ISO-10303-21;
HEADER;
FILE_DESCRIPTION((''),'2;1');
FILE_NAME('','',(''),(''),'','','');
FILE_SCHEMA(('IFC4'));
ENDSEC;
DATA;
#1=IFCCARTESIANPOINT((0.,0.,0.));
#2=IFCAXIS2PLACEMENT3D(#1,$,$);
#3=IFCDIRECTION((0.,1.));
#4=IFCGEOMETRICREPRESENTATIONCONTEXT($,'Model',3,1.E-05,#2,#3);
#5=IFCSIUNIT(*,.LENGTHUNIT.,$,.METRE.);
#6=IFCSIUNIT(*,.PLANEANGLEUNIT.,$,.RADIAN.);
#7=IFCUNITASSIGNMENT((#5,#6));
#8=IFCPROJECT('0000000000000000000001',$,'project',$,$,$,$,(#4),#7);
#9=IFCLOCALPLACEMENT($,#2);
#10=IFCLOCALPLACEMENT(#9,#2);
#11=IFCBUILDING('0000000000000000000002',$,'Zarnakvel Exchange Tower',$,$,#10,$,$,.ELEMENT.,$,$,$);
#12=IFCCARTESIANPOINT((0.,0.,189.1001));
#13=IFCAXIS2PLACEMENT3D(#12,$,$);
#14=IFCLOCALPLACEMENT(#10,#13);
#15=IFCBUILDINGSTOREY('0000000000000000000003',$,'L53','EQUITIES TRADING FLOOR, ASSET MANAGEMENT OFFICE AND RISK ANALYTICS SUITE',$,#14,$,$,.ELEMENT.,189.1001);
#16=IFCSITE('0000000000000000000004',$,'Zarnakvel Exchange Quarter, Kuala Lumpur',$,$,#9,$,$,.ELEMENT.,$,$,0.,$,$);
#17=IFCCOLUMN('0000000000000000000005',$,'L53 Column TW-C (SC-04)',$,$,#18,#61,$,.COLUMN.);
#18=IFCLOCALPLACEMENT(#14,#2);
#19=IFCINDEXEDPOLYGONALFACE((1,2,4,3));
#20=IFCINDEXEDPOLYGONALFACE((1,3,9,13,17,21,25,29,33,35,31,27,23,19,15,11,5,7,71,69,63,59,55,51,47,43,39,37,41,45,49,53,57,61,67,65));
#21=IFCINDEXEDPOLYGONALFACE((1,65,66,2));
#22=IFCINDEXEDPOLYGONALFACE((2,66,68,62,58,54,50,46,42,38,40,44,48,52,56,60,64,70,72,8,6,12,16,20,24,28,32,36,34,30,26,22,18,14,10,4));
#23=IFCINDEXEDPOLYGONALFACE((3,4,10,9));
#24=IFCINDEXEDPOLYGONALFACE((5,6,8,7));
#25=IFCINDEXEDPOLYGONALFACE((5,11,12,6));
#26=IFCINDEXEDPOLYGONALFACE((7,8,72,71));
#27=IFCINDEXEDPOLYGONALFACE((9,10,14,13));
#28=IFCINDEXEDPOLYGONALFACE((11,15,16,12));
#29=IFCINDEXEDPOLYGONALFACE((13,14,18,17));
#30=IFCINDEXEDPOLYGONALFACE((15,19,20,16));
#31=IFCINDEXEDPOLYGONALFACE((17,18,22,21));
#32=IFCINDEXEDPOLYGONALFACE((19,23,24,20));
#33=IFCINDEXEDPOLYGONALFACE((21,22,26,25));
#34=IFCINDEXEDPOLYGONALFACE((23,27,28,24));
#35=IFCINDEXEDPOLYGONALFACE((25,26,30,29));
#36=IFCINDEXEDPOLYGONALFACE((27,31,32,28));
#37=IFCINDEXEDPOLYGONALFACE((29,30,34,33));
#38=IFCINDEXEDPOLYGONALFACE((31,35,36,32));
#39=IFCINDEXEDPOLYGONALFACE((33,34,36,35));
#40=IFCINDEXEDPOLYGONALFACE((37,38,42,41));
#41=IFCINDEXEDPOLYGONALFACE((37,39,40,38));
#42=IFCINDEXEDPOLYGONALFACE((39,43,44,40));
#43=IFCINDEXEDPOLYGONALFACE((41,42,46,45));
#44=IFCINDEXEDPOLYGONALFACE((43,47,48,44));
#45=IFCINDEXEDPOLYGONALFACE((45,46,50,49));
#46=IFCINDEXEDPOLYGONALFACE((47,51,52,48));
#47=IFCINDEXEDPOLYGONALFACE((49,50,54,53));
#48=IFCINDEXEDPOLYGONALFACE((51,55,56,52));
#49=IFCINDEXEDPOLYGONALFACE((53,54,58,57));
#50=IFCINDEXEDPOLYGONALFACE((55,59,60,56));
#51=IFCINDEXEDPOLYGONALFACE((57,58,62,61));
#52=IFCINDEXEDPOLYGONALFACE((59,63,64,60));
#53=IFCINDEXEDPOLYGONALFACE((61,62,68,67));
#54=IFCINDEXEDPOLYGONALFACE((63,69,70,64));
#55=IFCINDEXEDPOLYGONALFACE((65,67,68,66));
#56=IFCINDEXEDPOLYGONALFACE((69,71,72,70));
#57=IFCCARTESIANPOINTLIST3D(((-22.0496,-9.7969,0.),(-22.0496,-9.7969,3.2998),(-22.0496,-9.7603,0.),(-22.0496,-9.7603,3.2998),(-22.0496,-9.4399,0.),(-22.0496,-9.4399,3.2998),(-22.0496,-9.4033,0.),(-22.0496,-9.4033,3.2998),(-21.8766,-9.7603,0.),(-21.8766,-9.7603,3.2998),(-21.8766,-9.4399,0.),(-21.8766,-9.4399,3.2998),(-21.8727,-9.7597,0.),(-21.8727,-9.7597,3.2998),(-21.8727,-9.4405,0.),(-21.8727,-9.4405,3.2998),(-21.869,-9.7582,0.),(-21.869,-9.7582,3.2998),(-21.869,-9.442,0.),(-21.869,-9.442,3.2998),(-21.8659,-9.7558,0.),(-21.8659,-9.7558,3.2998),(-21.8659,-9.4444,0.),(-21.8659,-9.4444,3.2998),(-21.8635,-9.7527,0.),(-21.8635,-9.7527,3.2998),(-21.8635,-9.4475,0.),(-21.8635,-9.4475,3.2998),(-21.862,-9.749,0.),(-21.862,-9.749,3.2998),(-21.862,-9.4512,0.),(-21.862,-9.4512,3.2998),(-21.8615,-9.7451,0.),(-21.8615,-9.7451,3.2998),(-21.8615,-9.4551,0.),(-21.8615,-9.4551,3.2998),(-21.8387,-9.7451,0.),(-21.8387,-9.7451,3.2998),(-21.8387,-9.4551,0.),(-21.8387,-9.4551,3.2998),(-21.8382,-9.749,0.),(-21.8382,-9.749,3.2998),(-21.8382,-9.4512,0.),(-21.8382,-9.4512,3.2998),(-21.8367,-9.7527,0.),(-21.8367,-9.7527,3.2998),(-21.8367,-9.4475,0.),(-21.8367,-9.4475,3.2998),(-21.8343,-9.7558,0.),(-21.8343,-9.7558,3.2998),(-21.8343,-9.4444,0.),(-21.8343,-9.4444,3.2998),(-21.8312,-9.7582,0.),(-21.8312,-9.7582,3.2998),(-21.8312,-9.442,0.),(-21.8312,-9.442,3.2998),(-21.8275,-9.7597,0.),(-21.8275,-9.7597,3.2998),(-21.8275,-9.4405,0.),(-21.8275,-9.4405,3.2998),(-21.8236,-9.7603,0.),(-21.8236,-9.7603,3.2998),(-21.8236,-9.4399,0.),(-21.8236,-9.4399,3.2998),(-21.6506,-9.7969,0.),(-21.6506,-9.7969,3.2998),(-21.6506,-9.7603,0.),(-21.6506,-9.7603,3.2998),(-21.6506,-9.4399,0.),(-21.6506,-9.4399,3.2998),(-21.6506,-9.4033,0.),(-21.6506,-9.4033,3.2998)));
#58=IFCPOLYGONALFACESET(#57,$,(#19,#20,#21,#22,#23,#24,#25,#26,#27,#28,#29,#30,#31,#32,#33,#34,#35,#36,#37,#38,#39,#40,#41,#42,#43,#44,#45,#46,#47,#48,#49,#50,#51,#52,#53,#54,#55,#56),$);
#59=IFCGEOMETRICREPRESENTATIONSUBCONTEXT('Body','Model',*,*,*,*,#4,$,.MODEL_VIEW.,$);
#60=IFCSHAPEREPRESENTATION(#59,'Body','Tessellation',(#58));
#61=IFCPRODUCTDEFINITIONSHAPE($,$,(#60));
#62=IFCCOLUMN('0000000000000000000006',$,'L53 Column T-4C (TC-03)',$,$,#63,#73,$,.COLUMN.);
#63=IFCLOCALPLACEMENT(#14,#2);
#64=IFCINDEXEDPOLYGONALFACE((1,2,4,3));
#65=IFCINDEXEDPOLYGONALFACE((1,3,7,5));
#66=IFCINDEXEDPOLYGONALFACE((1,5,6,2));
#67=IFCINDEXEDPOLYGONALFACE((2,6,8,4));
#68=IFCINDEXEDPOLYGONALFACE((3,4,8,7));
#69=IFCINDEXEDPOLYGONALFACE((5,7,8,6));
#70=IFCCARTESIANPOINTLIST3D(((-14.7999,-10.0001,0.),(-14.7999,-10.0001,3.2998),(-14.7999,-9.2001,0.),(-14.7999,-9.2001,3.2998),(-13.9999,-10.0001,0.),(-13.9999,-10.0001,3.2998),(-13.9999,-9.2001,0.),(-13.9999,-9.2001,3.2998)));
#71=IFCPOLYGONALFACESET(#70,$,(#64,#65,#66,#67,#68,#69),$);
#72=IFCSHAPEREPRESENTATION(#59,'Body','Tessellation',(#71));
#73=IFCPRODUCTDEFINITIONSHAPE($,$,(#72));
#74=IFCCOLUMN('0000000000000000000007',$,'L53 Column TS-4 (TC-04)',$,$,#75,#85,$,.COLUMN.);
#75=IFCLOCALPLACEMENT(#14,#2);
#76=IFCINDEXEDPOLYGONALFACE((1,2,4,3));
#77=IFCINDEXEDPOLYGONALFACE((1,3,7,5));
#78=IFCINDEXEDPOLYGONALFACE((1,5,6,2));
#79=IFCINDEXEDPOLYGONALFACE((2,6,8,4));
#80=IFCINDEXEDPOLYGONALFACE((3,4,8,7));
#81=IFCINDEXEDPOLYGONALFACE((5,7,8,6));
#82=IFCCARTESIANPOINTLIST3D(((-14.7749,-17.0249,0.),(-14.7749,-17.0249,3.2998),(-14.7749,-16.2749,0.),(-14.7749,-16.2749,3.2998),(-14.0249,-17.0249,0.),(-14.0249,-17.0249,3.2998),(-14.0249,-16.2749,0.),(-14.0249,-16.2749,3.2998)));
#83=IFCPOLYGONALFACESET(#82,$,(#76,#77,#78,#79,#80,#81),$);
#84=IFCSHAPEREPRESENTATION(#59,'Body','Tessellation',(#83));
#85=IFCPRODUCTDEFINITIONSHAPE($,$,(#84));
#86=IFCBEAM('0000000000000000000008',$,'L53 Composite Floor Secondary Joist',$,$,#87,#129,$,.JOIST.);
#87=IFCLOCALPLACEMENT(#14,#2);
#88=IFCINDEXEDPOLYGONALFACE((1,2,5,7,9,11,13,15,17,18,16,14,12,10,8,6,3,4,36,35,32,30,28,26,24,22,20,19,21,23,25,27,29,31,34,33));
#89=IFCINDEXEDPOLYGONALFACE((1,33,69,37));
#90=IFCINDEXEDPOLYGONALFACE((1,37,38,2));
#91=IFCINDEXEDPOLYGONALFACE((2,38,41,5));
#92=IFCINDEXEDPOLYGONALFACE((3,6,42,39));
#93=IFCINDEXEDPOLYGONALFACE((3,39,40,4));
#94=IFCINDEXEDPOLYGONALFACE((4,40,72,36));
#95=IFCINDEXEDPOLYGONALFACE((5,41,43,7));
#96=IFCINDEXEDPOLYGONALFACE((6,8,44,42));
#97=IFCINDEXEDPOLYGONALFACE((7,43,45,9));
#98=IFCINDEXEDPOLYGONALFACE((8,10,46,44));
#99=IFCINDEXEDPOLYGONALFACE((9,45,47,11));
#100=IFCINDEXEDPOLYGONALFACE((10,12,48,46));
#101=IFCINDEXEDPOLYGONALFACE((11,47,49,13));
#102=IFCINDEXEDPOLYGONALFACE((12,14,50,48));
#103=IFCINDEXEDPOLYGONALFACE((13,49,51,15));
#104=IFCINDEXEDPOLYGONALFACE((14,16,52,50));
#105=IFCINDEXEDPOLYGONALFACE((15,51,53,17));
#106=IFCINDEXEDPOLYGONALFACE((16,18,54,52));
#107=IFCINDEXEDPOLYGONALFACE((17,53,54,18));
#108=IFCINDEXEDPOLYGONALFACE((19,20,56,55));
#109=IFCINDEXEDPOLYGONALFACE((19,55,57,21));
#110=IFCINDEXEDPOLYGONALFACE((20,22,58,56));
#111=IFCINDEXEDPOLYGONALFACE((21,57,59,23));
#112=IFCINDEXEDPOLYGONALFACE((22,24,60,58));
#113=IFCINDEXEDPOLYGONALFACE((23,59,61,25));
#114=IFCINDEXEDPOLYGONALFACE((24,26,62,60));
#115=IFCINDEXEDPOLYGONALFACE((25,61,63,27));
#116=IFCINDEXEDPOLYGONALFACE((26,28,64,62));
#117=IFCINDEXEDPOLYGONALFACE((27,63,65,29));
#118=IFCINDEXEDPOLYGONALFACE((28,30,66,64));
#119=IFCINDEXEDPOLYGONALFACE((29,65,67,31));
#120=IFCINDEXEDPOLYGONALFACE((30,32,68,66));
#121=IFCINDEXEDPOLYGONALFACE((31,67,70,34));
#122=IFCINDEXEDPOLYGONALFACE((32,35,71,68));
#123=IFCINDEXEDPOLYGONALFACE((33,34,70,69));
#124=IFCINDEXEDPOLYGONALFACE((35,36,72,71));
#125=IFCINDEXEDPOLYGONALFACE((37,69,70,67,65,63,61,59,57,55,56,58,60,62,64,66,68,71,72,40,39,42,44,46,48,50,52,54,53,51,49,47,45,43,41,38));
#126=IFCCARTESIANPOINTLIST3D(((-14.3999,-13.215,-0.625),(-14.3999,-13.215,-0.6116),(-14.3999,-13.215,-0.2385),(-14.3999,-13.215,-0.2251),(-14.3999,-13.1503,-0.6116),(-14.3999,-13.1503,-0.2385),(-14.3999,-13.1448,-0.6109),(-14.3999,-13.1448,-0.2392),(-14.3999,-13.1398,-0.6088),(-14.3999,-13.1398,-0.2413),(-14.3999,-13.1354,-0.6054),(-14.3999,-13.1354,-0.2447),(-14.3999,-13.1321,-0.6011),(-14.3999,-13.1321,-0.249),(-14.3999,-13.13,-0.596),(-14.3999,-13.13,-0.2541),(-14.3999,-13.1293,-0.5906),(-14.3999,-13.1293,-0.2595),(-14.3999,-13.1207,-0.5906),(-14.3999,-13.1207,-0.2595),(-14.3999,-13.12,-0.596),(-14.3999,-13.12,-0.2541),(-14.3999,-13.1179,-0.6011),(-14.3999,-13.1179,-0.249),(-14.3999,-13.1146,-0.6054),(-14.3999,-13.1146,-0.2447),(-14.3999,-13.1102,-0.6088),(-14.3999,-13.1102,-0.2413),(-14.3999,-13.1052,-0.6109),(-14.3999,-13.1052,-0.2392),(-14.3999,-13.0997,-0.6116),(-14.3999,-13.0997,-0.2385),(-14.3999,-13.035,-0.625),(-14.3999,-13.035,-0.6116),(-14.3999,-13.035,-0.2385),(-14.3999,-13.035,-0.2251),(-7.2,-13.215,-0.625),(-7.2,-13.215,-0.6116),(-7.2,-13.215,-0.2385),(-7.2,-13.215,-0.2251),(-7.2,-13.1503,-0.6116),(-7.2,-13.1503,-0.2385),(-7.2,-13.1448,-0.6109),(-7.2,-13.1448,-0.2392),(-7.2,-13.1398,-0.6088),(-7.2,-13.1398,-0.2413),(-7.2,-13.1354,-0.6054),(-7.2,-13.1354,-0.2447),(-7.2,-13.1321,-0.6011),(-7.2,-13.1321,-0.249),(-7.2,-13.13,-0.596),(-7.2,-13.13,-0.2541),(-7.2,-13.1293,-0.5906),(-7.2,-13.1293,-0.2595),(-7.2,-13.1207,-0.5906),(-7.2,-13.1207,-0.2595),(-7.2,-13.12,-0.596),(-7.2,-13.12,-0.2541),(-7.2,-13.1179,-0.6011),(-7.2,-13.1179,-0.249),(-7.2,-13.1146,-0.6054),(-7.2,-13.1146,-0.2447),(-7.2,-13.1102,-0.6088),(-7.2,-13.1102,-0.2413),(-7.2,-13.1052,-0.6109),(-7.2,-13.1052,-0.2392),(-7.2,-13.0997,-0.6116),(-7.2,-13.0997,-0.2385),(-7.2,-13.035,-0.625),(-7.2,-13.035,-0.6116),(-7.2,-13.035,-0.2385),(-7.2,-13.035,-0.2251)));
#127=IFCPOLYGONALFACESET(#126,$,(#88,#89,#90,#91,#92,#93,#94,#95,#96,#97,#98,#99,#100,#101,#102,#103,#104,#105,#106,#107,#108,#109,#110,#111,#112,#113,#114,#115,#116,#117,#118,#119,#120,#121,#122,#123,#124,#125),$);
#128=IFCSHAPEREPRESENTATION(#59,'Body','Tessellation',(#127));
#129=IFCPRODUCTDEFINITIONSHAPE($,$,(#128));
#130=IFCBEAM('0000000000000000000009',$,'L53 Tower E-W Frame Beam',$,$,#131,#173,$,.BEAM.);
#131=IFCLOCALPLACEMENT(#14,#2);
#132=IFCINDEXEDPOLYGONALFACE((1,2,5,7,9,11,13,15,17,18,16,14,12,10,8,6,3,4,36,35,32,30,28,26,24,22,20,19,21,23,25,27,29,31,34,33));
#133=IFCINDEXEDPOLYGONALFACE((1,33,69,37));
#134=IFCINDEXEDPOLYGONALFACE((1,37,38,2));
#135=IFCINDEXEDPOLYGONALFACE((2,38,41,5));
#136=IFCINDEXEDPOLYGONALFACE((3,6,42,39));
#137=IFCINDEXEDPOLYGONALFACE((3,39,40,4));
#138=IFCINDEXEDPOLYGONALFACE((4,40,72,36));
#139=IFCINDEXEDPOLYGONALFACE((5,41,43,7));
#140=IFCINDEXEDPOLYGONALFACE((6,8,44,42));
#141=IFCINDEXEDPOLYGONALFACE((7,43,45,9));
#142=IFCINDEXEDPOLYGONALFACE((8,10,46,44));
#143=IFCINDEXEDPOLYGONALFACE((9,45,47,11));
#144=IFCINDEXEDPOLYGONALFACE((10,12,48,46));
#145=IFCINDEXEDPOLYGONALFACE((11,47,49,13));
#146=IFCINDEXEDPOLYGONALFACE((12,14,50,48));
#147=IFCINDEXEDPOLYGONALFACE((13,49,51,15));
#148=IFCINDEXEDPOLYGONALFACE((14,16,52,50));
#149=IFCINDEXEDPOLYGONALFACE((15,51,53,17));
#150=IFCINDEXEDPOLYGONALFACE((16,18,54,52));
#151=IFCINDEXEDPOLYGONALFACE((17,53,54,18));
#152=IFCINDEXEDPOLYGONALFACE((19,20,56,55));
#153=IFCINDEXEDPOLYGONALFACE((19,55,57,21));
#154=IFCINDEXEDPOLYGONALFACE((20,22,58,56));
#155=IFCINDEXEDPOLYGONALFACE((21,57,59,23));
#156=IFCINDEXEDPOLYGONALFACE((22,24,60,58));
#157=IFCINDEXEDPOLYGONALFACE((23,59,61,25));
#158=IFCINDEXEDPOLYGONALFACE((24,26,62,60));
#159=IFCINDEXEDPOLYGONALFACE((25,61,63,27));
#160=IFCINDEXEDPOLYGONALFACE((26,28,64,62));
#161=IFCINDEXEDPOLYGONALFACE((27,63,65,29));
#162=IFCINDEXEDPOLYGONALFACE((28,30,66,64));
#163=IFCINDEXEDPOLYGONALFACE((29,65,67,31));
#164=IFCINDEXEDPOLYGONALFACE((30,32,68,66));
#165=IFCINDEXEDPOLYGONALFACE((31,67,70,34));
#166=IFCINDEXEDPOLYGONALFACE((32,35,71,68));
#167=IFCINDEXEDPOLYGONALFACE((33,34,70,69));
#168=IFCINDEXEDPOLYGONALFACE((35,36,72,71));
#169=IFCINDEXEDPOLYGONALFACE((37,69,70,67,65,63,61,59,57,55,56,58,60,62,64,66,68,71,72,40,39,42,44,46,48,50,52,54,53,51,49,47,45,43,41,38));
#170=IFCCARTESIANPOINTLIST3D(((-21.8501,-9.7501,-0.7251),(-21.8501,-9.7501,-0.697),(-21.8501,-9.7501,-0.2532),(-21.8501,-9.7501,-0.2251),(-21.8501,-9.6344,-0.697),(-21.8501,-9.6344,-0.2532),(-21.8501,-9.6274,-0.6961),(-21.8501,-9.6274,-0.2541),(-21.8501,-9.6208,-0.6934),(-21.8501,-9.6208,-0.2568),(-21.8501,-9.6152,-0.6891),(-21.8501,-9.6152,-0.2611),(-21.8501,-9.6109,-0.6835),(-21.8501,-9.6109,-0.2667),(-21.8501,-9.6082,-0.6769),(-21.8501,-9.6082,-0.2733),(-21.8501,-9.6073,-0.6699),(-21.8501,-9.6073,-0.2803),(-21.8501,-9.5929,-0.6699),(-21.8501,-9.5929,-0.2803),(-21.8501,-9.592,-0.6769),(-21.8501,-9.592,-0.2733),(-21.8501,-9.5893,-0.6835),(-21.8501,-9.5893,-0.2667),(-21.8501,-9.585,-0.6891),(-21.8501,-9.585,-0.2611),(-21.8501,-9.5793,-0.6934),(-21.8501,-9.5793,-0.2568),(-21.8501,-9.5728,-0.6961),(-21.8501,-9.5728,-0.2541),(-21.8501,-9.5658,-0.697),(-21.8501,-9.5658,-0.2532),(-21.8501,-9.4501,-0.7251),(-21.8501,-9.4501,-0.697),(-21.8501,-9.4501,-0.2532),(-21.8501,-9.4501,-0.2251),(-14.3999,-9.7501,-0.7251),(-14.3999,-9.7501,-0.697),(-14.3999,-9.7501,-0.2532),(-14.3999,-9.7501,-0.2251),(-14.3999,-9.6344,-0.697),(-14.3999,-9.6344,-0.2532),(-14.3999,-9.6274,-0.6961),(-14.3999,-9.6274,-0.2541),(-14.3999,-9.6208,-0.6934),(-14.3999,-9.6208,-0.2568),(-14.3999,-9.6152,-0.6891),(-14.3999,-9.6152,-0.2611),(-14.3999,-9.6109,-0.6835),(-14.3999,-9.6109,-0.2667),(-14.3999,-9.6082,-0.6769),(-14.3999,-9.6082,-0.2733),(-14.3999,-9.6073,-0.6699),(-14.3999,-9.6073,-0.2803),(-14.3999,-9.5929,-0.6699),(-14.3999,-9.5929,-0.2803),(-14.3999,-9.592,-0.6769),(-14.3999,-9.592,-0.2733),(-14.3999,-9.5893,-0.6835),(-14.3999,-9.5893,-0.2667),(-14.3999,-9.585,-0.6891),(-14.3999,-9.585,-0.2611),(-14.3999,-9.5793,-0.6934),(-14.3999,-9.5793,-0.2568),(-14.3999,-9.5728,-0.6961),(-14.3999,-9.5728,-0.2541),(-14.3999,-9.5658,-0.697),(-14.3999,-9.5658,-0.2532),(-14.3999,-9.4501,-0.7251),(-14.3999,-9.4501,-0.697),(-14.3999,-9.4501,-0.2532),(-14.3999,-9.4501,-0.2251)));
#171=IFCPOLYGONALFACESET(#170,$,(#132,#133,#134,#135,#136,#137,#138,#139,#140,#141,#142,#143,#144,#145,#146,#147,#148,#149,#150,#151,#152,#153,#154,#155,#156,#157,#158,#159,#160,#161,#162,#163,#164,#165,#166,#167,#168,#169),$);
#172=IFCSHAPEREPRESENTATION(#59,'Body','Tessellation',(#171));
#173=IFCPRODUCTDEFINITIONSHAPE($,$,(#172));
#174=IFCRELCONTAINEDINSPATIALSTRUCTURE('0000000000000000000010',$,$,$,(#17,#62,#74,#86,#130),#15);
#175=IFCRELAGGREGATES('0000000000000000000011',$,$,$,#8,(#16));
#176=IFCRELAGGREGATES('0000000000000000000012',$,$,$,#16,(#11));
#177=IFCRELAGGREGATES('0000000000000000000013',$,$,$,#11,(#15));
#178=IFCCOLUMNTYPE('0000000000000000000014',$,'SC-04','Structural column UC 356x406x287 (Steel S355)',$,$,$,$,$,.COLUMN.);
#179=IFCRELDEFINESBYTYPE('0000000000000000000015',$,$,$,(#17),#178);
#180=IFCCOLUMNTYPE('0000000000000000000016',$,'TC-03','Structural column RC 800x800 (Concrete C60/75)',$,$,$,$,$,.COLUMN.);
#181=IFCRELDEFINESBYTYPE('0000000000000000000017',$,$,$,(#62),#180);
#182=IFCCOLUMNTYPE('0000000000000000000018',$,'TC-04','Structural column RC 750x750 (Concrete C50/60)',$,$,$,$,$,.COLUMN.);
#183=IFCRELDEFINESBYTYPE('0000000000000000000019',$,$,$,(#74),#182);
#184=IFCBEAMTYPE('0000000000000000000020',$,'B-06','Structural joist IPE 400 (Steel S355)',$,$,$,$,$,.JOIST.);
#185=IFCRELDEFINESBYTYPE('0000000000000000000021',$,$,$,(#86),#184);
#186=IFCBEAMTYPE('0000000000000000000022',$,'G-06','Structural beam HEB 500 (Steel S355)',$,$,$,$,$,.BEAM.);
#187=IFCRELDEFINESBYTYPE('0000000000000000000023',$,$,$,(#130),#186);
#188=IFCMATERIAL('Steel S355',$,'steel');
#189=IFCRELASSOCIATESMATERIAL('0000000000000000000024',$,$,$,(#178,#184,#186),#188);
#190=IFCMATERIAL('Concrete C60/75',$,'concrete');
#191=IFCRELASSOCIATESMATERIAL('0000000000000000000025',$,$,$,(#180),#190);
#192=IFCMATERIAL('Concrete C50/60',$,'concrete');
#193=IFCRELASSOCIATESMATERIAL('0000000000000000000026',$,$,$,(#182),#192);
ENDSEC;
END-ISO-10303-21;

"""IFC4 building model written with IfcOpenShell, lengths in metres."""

from ifc_helpers import new_model, si_unit, direction, frame, origin, origin_2d, place, context, subcontext, project, spatial, rectangle, i_section, extrude, material, material_profile, profile_set, type_object, element, save


model = new_model("IFC4")

# Units and contexts
model_context = context("Model", 3, precision=1e-05, world=origin(), true_north=direction((0.0, 1.0)))
body_context = subcontext(model_context, "Body", "Model", "MODEL_VIEW")
ifc_project = project(units=[si_unit("LENGTHUNIT", "METRE"), si_unit("PLANEANGLEUNIT", "RADIAN")], contexts=[model_context])

# Site, building, storey
site_placement = place(None, origin())
site = spatial("IfcSite", under=ifc_project, at=site_placement, Name="Zarnakvel Exchange Quarter, Kuala Lumpur", CompositionType="ELEMENT", RefElevation=0.0)
building_placement = place(site_placement, origin())
building = spatial("IfcBuilding", under=site, at=building_placement, Name="Zarnakvel Exchange Tower", CompositionType="ELEMENT")
storey_placement = place(building_placement, frame((0.0, 0.0, 189.1001)))
storey = spatial("IfcBuildingStorey", under=building, at=storey_placement, Name="L53", Description="EQUITIES TRADING FLOOR, ASSET MANAGEMENT OFFICE AND RISK ANALYTICS SUITE", CompositionType="ELEMENT", Elevation=189.1001)

# Columns
ifc_material_1 = material(Name="Steel S355", Category="steel")
ifc_material_profile_1 = material_profile(ifc_material_1, i_section(OverallWidth=0.3989, OverallDepth=0.3936, WebThickness=0.0227, FlangeThickness=0.0366, FilletRadius=0.0151, at=origin_2d()))
ifc_profile_set_1 = profile_set([ifc_material_profile_1], Name="Steel S355")
column_type_1 = type_object("IfcColumnType", Name="SC-04", Description="Structural column UC 356x406x287 (Steel S355)", PredefinedType="COLUMN", material=ifc_profile_set_1)
column_1_placement = place(storey_placement, frame((-21.8501, -9.6001, 0.0), z_axis=(0.0, 0.0, 1.0), x_axis=(1.0, 0.0, 0.0)))
element("IfcColumn", 1, at=column_1_placement, inside=storey, type_object=column_type_1, Name="L53 Column TW-C (SC-04)", PredefinedType="COLUMN", context=body_context, shape_type="SweptSolid", body=[
    extrude(i_section(OverallWidth=0.3989, OverallDepth=0.3936, WebThickness=0.0227, FlangeThickness=0.0366, FilletRadius=0.0151, at=origin_2d()), origin(), (0.0, 0.0, 1.0), 3.2998),
])
ifc_material_2 = material(Name="Concrete C60/75", Category="concrete")
ifc_material_profile_2 = material_profile(ifc_material_2, rectangle(XDim=0.8, YDim=0.8, at=origin_2d()))
ifc_profile_set_2 = profile_set([ifc_material_profile_2], Name="Concrete C60/75")
column_type_2 = type_object("IfcColumnType", Name="TC-03", Description="Structural column RC 800x800 (Concrete C60/75)", PredefinedType="COLUMN", material=ifc_profile_set_2)
column_2_placement = place(storey_placement, frame((-14.3999, -9.6001, 0.0), z_axis=(0.0, 0.0, 1.0), x_axis=(1.0, 0.0, 0.0)))
element("IfcColumn", 2, at=column_2_placement, inside=storey, type_object=column_type_2, Name="L53 Column T-4C (TC-03)", PredefinedType="COLUMN", context=body_context, shape_type="SweptSolid", body=[
    extrude(rectangle(XDim=0.8, YDim=0.8, at=origin_2d()), origin(), (0.0, 0.0, 1.0), 3.2998),
])
ifc_material_3 = material(Name="Concrete C50/60", Category="concrete")
ifc_material_profile_3 = material_profile(ifc_material_3, rectangle(XDim=0.75, YDim=0.75, at=origin_2d()))
ifc_profile_set_3 = profile_set([ifc_material_profile_3], Name="Concrete C50/60")
column_type_3 = type_object("IfcColumnType", Name="TC-04", Description="Structural column RC 750x750 (Concrete C50/60)", PredefinedType="COLUMN", material=ifc_profile_set_3)
column_3_placement = place(storey_placement, frame((-14.3999, -16.6499, 0.0), z_axis=(0.0, 0.0, 1.0), x_axis=(1.0, 0.0, 0.0)))
element("IfcColumn", 3, at=column_3_placement, inside=storey, type_object=column_type_3, Name="L53 Column TS-4 (TC-04)", PredefinedType="COLUMN", context=body_context, shape_type="SweptSolid", body=[
    extrude(rectangle(XDim=0.75, YDim=0.75, at=origin_2d()), origin(), (0.0, 0.0, 1.0), 3.2998),
])

# Beams
ifc_material_profile_4 = material_profile(ifc_material_1, i_section(OverallWidth=0.1799, OverallDepth=0.3999, WebThickness=0.0085, FlangeThickness=0.0134, FilletRadius=0.021, at=origin_2d()))
ifc_profile_set_4 = profile_set([ifc_material_profile_4], Name="Steel S355")
beam_type_1 = type_object("IfcBeamType", Name="B-06", Description="Structural joist IPE 400 (Steel S355)", PredefinedType="JOIST", material=ifc_profile_set_4)
beam_1_placement = place(storey_placement, frame((-14.3999, -13.125, -0.425), z_axis=(1.0, 0.0, 0.0), x_axis=(0.0, 1.0, 0.0)))
element("IfcBeam", 4, at=beam_1_placement, inside=storey, type_object=beam_type_1, Name="L53 Composite Floor Secondary Joist", PredefinedType="JOIST", context=body_context, shape_type="SweptSolid", body=[
    extrude(i_section(OverallWidth=0.1799, OverallDepth=0.3999, WebThickness=0.0085, FlangeThickness=0.0134, FilletRadius=0.021, at=origin_2d()), origin(), (0.0, 0.0, 1.0), 7.2),
])
ifc_material_profile_5 = material_profile(ifc_material_1, i_section(OverallWidth=0.3, OverallDepth=0.5, WebThickness=0.0144, FlangeThickness=0.0281, FilletRadius=0.0271, at=origin_2d()))
ifc_profile_set_5 = profile_set([ifc_material_profile_5], Name="Steel S355")
beam_type_2 = type_object("IfcBeamType", Name="G-06", Description="Structural beam HEB 500 (Steel S355)", PredefinedType="BEAM", material=ifc_profile_set_5)
beam_2_placement = place(storey_placement, frame((-21.8501, -9.6001, -0.4751), z_axis=(1.0, 0.0, 0.0), x_axis=(0.0, 1.0, 0.0)))
element("IfcBeam", 5, at=beam_2_placement, inside=storey, type_object=beam_type_2, Name="L53 Tower E-W Frame Beam", PredefinedType="BEAM", context=body_context, shape_type="SweptSolid", body=[
    extrude(i_section(OverallWidth=0.3, OverallDepth=0.5, WebThickness=0.0144, FlangeThickness=0.0281, FilletRadius=0.0271, at=origin_2d()), origin(), (0.0, 0.0, 1.0), 7.4502),
])

save(model, "model.ifc")
